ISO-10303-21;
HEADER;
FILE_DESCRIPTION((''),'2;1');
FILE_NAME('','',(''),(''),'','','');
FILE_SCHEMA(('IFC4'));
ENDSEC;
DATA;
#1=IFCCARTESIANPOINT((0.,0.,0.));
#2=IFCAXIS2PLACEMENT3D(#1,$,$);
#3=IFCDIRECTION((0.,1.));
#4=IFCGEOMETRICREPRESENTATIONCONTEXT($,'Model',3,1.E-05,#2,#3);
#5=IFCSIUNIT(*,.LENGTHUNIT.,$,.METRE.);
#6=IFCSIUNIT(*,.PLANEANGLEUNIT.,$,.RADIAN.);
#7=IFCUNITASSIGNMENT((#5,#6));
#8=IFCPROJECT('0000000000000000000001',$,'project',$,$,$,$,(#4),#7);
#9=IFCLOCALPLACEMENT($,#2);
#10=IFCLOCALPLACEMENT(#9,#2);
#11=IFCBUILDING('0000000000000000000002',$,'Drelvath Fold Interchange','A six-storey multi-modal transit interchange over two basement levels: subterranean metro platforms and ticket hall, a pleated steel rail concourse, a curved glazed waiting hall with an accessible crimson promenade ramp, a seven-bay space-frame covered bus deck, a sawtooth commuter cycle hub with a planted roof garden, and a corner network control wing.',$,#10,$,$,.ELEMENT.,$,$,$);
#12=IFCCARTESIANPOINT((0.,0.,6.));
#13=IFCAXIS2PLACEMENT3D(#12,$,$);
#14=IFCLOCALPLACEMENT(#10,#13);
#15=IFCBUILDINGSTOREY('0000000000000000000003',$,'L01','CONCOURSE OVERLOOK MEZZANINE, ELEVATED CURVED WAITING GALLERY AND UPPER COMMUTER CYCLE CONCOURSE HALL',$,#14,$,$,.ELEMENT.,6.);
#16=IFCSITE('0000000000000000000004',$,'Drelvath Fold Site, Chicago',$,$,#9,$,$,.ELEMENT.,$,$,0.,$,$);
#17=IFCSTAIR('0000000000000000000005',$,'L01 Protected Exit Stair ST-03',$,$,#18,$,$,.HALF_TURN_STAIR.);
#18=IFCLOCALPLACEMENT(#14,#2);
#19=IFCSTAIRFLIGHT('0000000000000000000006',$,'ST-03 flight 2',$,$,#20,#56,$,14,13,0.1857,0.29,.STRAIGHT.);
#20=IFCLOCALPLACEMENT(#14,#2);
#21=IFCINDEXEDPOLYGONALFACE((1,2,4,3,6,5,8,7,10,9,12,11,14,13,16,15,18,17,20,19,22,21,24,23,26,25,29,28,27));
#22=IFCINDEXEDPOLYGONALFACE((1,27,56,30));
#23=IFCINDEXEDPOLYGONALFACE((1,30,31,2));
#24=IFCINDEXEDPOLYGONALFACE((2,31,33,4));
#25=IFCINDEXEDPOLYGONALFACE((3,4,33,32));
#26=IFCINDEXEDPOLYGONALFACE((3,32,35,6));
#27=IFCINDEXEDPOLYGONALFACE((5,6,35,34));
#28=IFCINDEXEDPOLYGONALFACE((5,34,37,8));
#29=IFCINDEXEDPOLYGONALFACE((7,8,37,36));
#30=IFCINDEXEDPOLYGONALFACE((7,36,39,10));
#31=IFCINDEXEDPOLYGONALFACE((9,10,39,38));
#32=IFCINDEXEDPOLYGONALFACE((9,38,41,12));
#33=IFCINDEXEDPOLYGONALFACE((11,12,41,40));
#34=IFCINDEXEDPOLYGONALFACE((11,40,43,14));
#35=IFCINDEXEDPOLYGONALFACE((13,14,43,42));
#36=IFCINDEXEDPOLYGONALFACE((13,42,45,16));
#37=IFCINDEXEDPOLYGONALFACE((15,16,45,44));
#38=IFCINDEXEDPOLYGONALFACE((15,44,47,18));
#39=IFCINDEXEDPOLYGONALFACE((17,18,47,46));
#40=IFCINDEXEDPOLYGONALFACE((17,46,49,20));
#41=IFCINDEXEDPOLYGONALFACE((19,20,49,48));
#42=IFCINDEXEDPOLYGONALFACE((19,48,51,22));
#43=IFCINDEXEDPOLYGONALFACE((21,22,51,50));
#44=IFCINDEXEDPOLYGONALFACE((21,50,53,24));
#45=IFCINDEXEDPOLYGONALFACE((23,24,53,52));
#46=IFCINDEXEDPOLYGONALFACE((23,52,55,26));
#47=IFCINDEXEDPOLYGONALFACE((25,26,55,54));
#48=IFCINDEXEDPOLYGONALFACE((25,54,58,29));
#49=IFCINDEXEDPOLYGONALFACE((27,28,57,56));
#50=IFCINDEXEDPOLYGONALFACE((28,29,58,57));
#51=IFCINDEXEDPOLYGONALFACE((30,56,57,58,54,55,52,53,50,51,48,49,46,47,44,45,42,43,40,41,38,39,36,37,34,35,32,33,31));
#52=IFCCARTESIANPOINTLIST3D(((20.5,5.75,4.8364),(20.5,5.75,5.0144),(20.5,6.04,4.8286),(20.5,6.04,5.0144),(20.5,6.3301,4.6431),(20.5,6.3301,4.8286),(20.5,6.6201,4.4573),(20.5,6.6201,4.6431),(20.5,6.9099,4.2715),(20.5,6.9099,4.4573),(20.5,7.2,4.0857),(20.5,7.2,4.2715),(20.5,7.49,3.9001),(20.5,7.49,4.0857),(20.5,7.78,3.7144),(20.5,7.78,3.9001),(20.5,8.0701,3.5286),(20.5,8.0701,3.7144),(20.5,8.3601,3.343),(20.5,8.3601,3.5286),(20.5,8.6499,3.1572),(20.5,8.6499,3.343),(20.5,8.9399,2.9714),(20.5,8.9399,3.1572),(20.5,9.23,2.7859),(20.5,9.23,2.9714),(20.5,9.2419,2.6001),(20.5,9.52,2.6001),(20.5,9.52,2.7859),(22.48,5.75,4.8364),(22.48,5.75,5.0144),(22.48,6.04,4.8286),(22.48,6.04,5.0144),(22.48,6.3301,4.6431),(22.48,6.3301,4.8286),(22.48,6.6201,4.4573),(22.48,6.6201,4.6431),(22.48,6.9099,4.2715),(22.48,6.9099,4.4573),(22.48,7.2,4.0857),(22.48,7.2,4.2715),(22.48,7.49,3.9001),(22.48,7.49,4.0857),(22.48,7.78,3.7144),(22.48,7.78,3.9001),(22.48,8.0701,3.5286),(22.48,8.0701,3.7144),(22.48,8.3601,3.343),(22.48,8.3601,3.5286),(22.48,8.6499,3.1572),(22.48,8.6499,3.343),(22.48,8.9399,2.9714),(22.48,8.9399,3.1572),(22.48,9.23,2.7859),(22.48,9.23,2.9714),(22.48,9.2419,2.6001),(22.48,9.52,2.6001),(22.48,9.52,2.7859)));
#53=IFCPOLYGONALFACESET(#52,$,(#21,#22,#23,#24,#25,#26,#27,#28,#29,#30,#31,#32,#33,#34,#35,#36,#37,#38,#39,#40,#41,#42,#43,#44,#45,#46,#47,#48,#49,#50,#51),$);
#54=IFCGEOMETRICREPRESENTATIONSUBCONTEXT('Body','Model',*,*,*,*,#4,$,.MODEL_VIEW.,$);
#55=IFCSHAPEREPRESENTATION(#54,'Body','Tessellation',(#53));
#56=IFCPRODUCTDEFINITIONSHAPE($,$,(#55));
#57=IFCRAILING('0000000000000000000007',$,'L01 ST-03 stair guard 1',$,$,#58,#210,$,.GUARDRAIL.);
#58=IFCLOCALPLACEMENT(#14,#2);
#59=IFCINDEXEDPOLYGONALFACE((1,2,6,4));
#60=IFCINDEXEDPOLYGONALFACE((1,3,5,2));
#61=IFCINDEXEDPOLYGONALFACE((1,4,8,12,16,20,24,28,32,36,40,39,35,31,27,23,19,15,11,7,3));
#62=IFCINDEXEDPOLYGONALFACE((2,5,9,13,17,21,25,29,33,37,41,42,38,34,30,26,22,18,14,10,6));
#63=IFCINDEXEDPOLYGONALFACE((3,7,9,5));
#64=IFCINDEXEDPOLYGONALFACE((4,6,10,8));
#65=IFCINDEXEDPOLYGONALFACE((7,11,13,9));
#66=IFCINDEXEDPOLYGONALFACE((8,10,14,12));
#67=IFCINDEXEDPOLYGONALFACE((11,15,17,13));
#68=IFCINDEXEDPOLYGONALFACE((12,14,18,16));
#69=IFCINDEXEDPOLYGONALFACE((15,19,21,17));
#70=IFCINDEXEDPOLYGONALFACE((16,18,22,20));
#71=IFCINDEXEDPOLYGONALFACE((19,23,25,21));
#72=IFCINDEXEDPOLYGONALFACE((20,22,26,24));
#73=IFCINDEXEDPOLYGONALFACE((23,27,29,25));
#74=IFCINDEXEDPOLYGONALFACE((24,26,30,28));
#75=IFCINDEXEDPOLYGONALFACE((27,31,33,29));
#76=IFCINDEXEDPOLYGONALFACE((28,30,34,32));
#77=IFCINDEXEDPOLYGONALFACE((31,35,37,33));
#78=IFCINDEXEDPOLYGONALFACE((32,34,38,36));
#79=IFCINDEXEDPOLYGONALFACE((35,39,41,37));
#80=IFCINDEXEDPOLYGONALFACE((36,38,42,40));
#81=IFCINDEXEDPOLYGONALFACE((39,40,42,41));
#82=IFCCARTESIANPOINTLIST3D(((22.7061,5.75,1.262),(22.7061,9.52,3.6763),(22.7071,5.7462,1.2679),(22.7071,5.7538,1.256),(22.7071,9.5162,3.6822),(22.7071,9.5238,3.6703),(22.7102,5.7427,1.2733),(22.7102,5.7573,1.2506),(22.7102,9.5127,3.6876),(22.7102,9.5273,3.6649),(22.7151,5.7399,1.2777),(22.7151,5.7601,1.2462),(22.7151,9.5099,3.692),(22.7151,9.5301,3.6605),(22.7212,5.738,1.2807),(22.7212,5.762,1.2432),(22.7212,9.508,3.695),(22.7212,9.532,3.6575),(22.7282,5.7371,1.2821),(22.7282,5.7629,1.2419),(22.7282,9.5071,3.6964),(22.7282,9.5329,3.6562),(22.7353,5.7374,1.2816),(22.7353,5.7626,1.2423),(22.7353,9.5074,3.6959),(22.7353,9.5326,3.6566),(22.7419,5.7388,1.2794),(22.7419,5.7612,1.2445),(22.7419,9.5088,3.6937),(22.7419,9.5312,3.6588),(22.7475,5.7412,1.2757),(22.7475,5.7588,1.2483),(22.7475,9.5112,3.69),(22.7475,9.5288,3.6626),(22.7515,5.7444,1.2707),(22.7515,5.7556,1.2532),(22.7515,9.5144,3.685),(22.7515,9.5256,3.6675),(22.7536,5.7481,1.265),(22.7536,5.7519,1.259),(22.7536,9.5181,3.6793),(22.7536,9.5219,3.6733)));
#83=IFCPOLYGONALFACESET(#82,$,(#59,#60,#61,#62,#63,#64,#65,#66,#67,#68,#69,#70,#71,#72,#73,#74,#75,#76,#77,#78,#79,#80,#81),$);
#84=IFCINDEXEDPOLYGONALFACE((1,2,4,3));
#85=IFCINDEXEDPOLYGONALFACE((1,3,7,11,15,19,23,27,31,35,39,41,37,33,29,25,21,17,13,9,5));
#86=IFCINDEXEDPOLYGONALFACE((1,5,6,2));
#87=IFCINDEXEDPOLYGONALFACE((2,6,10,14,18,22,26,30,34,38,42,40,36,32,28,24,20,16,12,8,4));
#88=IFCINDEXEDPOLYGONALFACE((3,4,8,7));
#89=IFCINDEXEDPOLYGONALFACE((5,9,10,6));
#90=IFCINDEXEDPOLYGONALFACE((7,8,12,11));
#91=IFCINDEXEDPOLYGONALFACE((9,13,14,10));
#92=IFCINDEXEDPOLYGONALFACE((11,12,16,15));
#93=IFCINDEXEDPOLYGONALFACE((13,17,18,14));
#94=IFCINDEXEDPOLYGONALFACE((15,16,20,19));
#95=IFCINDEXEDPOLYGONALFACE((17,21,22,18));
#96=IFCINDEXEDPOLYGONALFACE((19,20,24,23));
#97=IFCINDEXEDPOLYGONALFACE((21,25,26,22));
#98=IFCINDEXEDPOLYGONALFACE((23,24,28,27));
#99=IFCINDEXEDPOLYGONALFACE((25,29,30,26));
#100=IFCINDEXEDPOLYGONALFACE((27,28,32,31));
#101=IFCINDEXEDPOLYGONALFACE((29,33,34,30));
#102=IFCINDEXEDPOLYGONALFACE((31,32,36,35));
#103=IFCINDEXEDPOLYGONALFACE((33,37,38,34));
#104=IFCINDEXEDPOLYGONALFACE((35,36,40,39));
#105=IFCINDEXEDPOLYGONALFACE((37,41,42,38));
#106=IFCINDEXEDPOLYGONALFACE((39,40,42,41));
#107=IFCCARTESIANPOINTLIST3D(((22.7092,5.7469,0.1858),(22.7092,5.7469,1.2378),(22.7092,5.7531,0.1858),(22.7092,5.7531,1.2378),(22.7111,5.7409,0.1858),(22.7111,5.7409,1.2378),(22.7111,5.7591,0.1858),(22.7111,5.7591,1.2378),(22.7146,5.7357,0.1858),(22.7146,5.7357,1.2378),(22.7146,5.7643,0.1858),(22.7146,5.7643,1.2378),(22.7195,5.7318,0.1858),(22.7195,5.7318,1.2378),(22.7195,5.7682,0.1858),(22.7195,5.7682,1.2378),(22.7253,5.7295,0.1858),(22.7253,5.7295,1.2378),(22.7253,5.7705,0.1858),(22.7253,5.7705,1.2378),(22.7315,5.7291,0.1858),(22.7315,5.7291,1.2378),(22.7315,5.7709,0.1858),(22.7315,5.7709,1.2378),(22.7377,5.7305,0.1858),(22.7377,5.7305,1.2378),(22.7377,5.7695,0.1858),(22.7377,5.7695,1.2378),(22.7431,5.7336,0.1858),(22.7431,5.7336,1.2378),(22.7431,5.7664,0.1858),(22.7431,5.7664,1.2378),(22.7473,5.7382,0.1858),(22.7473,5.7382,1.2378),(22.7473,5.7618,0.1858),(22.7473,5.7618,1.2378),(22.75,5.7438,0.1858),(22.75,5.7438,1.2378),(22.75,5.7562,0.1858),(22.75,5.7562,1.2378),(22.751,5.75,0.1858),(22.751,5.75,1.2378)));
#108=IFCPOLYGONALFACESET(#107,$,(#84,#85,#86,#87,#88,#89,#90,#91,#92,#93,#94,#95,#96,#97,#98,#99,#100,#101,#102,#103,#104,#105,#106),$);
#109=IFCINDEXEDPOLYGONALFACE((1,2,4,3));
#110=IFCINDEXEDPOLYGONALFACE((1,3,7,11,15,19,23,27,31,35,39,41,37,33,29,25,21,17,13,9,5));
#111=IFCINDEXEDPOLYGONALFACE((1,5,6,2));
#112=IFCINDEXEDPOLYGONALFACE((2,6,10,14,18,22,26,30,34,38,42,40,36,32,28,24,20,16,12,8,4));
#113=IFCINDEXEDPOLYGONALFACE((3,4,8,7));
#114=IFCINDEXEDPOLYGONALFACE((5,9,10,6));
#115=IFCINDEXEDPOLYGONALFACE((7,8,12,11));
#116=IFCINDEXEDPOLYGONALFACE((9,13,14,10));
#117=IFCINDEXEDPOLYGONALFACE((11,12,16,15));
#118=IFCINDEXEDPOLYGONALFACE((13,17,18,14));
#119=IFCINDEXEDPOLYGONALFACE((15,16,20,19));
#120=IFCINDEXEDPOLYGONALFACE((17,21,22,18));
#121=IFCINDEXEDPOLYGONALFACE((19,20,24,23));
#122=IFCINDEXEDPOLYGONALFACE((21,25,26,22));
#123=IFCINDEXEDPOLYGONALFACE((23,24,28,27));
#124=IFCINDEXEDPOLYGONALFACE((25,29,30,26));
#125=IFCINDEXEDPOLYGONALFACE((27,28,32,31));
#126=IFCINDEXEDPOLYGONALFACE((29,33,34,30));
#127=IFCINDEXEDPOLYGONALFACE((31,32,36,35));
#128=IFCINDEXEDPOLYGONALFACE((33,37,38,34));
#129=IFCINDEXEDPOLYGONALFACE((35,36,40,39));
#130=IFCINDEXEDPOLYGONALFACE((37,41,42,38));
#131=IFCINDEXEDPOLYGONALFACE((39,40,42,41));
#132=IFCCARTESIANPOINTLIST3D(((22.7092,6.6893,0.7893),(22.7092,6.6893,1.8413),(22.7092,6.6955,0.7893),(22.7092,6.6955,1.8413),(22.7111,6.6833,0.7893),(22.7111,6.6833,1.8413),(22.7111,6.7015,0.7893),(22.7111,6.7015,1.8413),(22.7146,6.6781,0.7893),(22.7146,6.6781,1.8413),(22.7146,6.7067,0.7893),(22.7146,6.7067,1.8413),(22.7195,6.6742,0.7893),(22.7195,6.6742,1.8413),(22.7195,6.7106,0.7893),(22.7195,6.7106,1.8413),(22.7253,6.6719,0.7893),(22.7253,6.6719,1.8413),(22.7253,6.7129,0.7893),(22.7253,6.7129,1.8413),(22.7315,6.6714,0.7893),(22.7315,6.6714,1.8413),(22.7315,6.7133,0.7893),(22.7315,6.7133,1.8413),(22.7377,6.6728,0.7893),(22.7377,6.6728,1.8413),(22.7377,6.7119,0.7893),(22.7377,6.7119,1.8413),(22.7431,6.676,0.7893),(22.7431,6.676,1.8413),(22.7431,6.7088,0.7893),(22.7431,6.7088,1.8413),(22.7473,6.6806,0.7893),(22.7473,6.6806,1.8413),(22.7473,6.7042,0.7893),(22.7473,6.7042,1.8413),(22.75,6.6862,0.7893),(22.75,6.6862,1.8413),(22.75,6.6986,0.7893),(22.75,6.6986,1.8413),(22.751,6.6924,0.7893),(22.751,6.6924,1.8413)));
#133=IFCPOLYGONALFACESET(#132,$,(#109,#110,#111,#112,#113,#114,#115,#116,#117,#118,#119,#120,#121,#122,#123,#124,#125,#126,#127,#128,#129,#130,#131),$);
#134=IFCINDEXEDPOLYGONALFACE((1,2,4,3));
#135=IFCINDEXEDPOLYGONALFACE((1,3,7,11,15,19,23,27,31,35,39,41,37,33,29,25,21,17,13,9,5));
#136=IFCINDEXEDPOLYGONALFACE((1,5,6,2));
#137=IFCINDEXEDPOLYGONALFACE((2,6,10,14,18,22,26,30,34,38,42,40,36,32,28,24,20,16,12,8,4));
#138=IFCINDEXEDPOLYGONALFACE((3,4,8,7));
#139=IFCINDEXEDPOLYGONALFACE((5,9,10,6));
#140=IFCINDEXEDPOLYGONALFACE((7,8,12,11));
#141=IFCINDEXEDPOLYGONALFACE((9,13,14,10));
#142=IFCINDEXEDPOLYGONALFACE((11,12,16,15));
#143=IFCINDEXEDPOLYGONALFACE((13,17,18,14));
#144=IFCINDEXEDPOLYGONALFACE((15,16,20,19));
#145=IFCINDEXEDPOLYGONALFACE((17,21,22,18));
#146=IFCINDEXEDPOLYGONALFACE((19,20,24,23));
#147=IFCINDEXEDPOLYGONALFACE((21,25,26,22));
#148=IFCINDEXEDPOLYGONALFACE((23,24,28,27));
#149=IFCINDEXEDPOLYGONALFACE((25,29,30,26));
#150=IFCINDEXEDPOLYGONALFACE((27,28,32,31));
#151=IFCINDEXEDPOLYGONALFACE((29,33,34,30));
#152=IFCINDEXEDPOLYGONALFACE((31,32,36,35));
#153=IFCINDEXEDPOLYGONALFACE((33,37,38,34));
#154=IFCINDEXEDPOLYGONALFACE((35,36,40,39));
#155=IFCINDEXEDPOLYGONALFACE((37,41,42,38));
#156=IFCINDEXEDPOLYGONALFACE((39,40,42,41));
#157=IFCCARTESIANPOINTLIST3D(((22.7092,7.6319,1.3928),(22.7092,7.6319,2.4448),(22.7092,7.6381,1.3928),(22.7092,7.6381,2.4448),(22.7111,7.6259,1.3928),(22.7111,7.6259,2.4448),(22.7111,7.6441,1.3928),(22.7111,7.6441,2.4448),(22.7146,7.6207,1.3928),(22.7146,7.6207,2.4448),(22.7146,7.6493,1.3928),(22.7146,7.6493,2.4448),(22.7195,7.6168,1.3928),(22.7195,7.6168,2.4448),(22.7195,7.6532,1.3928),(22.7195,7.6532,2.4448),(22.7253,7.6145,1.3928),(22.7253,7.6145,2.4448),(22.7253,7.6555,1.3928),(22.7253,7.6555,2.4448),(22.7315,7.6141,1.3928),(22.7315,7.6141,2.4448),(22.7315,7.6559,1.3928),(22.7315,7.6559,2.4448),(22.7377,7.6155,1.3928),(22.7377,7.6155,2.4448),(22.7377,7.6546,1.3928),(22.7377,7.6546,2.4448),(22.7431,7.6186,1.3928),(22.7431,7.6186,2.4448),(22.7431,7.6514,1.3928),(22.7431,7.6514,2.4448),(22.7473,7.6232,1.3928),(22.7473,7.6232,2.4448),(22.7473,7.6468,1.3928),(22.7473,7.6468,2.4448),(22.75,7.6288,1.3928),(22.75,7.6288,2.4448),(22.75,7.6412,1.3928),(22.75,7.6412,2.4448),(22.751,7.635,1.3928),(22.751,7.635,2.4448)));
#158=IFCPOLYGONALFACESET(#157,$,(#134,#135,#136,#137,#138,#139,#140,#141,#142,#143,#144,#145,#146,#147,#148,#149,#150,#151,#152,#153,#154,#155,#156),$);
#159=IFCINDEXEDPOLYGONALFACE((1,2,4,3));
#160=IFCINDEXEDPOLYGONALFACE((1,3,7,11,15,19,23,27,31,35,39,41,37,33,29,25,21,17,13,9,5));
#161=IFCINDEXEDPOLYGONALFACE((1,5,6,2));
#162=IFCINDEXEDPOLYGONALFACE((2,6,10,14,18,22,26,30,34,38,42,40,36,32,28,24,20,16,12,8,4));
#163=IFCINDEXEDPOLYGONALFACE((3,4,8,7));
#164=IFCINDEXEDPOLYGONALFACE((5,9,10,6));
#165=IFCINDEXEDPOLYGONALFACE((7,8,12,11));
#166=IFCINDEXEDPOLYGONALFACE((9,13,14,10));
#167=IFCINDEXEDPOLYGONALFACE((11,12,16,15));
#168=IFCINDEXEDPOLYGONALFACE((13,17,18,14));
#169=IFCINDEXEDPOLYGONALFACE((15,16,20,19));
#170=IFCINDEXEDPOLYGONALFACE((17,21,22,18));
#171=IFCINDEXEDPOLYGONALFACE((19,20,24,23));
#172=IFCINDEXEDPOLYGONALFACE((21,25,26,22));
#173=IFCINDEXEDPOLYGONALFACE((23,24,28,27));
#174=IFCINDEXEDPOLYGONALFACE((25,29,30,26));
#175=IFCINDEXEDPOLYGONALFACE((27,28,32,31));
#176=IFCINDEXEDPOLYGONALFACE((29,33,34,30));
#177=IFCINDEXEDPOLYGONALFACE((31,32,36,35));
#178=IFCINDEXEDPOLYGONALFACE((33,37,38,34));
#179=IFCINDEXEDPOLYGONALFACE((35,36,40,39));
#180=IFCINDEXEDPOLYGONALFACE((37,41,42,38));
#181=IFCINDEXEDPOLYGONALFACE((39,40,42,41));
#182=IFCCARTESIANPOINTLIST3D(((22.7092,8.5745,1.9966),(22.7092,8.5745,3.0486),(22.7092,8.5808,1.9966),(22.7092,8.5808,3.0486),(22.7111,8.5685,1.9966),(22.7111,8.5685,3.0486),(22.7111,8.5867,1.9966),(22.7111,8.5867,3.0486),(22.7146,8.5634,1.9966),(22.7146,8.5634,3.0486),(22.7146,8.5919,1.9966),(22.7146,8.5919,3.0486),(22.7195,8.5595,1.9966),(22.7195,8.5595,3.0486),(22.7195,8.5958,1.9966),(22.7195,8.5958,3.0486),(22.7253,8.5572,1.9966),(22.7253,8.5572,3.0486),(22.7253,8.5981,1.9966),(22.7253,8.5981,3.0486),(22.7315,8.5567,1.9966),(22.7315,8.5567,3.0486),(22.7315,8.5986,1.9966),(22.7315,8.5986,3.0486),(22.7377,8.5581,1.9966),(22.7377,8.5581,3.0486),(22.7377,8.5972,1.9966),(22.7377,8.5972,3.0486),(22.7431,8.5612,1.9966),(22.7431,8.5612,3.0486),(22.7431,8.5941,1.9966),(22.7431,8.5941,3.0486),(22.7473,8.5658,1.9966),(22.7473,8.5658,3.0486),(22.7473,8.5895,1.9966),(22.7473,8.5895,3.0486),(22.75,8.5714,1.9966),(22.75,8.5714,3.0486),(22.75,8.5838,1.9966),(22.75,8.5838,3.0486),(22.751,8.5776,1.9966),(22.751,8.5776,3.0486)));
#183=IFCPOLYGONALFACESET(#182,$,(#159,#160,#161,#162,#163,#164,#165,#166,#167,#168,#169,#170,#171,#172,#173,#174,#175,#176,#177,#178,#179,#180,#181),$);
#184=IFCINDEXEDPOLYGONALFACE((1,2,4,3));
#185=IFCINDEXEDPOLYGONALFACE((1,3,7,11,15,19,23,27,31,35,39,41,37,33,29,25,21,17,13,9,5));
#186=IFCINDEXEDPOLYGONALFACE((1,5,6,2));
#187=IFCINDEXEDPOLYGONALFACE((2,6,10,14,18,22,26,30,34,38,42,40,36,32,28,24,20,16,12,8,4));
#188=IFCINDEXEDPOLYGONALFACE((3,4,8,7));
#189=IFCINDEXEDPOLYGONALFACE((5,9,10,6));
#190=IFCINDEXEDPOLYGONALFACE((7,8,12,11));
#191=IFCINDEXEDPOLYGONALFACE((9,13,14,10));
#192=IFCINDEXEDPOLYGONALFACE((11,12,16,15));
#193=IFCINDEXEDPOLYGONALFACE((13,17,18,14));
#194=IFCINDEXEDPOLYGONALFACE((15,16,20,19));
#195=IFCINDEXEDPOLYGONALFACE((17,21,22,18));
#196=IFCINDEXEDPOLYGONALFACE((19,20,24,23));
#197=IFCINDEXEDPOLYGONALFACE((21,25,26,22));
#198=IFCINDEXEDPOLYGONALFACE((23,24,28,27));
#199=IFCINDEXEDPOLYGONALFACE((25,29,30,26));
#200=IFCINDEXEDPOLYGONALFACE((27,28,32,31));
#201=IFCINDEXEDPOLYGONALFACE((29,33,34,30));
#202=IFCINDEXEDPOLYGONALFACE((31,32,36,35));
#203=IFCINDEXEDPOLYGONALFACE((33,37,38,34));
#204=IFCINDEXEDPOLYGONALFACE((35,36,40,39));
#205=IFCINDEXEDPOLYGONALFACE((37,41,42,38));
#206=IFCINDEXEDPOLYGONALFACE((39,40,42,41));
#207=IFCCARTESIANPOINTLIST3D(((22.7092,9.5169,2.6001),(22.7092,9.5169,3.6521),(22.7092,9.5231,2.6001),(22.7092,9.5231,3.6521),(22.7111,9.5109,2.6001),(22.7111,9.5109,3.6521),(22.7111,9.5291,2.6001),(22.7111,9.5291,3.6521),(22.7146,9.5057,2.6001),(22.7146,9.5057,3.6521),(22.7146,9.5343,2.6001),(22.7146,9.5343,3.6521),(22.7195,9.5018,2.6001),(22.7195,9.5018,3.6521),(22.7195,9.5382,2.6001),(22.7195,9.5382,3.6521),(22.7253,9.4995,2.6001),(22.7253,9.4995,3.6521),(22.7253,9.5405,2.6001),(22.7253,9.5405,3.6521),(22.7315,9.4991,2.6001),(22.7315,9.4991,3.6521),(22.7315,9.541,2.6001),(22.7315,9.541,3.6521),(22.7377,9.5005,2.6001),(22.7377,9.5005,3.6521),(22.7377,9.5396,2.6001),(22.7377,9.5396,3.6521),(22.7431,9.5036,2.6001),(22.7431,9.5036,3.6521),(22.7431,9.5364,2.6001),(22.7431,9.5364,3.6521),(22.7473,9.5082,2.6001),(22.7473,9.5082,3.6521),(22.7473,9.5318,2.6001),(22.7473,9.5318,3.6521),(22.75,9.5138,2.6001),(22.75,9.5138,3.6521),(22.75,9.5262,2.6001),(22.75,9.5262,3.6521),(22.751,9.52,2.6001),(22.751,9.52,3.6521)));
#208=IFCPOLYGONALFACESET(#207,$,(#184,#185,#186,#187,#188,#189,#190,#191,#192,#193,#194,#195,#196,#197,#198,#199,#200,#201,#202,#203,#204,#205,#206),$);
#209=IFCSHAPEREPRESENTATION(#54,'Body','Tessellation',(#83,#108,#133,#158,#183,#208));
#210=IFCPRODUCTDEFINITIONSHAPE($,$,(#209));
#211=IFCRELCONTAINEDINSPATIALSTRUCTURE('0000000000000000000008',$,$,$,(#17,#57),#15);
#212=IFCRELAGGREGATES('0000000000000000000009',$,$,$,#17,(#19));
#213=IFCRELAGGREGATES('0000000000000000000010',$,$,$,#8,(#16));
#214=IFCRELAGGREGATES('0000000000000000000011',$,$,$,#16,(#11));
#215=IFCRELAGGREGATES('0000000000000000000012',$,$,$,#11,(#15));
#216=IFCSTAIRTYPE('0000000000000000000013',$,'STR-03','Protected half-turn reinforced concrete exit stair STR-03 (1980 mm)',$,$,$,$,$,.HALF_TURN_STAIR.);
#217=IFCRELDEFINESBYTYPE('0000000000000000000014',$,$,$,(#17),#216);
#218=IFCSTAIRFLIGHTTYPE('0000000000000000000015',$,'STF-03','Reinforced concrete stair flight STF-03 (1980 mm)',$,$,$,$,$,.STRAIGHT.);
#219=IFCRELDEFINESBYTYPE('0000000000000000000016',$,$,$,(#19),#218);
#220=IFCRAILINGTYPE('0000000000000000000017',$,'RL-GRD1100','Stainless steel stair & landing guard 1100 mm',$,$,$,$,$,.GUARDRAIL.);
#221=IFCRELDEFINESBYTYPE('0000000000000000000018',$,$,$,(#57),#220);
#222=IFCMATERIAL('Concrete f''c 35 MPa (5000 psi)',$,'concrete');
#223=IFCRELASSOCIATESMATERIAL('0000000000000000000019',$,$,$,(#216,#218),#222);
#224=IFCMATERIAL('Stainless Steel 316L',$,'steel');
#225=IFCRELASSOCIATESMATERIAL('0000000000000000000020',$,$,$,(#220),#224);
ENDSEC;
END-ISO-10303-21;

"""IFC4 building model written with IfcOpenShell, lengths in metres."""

from ifc_helpers import new_model, si_unit, direction, frame, origin, origin_2d, place, context, subcontext, project, spatial, polyline, circle, outline, extrude, material, type_object, element, aggregate, save


model = new_model("IFC4")

# Units and contexts
model_context = context("Model", 3, precision=1e-05, world=origin(), true_north=direction((0.0, 1.0)))
body_context = subcontext(model_context, "Body", "Model", "MODEL_VIEW")
ifc_project = project(units=[si_unit("LENGTHUNIT", "METRE"), si_unit("PLANEANGLEUNIT", "RADIAN")], contexts=[model_context])

# Site, building, storey
site_placement = place(None, origin())
site = spatial("IfcSite", under=ifc_project, at=site_placement, Name="Drelvath Fold Site, Chicago", CompositionType="ELEMENT", RefElevation=0.0)
building_placement = place(site_placement, origin())
building = spatial("IfcBuilding", under=site, at=building_placement, Name="Drelvath Fold Interchange", Description="A six-storey multi-modal transit interchange over two basement levels: subterranean metro platforms and ticket hall, a pleated steel rail concourse, a curved glazed waiting hall with an accessible crimson promenade ramp, a seven-bay space-frame covered bus deck, a sawtooth commuter cycle hub with a planted roof garden, and a corner network control wing.", CompositionType="ELEMENT")
storey_placement = place(building_placement, frame((0.0, 0.0, 6.0)))
storey = spatial("IfcBuildingStorey", under=building, at=storey_placement, Name="L01", Description="CONCOURSE OVERLOOK MEZZANINE, ELEVATED CURVED WAITING GALLERY AND UPPER COMMUTER CYCLE CONCOURSE HALL", CompositionType="ELEMENT", Elevation=6.0)

# Stair, stair flight
ifc_material_1 = material(Name="Concrete f'c 35 MPa (5000 psi)", Category="concrete")
stair_type = type_object("IfcStairType", Name="STR-03", Description="Protected half-turn reinforced concrete exit stair STR-03 (1980 mm)", PredefinedType="HALF_TURN_STAIR", material=ifc_material_1)
stair_placement = place(storey_placement, origin())
stair = element("IfcStair", 1, at=stair_placement, inside=storey, type_object=stair_type, Name="L01 Protected Exit Stair ST-03", PredefinedType="HALF_TURN_STAIR")
stair_flight_type = type_object("IfcStairFlightType", Name="STF-03", Description="Reinforced concrete stair flight STF-03 (1980 mm)", PredefinedType="STRAIGHT", material=ifc_material_1)
stair_flight_1_placement = place(storey_placement, frame((21.49, 9.52, 2.6001), z_axis=(0.0, 0.0, 1.0), x_axis=(0.0, -1.0, 0.0)))
stair_flight_1 = element("IfcStairFlight", 2, at=stair_flight_1_placement, type_object=stair_flight_type, Name="ST-03 flight 2", NumberOfRisers=14, NumberOfTreads=13, PredefinedType="STRAIGHT", RiserHeight=0.1857, TreadLength=0.29, context=body_context, shape_type="SweptSolid", body=[
    extrude(outline(polyline([(0.0, 0.0), (0.0, 0.1858), (0.29, 0.1858), (0.29, 0.3713), (0.5801, 0.3713), (0.5801, 0.5571), (0.8701, 0.5571), (0.8701, 0.7429), (1.1599, 0.7429), (1.1599, 0.9285), (1.45, 0.9285), (1.45, 1.1143), (1.74, 1.1143), (1.74, 1.3), (2.03, 1.3), (2.03, 1.4856), (2.3201, 1.4856), (2.3201, 1.6714), (2.6101, 1.6714), (2.6101, 1.8572), (2.8999, 1.8572), (2.8999, 2.043), (3.1899, 2.043), (3.1899, 2.2285), (3.48, 2.2285), (3.48, 2.4143), (3.77, 2.4143), (3.77, 2.6001), (3.77, 2.2363), (0.2781, 0.0), (0.0, 0.0)])), frame((0.0, 0.99, 0.0), z_axis=(0.0, -1.0, 0.0), x_axis=(1.0, 0.0, 0.0)), (0.0, 0.0, 1.0), 1.98),
])
aggregate(stair, [stair_flight_1])

# Railing
ifc_material_2 = material(Name="Stainless Steel 316L", Category="steel")
railing_type_1 = type_object("IfcRailingType", Name="RL-GRD1100", Description="Stainless steel stair & landing guard 1100 mm", PredefinedType="GUARDRAIL", material=ifc_material_2)
railing_1_placement = place(storey_placement, frame((22.73, 5.75, 0.1858)))
element("IfcRailing", 3, at=railing_1_placement, inside=storey, type_object=railing_type_1, Name="L01 ST-03 stair guard 1", PredefinedType="GUARDRAIL", context=body_context, shape_type="SweptSolid", body=[
    extrude(circle(Radius=0.0239, at=origin_2d()), frame((0.0, 0.0, 1.0762), z_axis=(0.0, 0.84212, 0.53929), x_axis=(-1.0, 0.0, 0.0)), (0.0, 0.0, 1.0), 4.4768),
    extrude(circle(Radius=0.021, at=origin_2d()), origin(), (0.0, 0.0, 1.0), 1.052),
    extrude(circle(Radius=0.021, at=origin_2d()), frame((0.0, 0.9424, 0.6035)), (0.0, 0.0, 1.0), 1.052),
    extrude(circle(Radius=0.021, at=origin_2d()), frame((0.0, 1.885, 1.207)), (0.0, 0.0, 1.0), 1.052),
    extrude(circle(Radius=0.021, at=origin_2d()), frame((0.0, 2.8276, 1.8108)), (0.0, 0.0, 1.0), 1.052),
    extrude(circle(Radius=0.021, at=origin_2d()), frame((0.0, 3.77, 2.4143)), (0.0, 0.0, 1.0), 1.052),
])

save(model, "model.ifc")
